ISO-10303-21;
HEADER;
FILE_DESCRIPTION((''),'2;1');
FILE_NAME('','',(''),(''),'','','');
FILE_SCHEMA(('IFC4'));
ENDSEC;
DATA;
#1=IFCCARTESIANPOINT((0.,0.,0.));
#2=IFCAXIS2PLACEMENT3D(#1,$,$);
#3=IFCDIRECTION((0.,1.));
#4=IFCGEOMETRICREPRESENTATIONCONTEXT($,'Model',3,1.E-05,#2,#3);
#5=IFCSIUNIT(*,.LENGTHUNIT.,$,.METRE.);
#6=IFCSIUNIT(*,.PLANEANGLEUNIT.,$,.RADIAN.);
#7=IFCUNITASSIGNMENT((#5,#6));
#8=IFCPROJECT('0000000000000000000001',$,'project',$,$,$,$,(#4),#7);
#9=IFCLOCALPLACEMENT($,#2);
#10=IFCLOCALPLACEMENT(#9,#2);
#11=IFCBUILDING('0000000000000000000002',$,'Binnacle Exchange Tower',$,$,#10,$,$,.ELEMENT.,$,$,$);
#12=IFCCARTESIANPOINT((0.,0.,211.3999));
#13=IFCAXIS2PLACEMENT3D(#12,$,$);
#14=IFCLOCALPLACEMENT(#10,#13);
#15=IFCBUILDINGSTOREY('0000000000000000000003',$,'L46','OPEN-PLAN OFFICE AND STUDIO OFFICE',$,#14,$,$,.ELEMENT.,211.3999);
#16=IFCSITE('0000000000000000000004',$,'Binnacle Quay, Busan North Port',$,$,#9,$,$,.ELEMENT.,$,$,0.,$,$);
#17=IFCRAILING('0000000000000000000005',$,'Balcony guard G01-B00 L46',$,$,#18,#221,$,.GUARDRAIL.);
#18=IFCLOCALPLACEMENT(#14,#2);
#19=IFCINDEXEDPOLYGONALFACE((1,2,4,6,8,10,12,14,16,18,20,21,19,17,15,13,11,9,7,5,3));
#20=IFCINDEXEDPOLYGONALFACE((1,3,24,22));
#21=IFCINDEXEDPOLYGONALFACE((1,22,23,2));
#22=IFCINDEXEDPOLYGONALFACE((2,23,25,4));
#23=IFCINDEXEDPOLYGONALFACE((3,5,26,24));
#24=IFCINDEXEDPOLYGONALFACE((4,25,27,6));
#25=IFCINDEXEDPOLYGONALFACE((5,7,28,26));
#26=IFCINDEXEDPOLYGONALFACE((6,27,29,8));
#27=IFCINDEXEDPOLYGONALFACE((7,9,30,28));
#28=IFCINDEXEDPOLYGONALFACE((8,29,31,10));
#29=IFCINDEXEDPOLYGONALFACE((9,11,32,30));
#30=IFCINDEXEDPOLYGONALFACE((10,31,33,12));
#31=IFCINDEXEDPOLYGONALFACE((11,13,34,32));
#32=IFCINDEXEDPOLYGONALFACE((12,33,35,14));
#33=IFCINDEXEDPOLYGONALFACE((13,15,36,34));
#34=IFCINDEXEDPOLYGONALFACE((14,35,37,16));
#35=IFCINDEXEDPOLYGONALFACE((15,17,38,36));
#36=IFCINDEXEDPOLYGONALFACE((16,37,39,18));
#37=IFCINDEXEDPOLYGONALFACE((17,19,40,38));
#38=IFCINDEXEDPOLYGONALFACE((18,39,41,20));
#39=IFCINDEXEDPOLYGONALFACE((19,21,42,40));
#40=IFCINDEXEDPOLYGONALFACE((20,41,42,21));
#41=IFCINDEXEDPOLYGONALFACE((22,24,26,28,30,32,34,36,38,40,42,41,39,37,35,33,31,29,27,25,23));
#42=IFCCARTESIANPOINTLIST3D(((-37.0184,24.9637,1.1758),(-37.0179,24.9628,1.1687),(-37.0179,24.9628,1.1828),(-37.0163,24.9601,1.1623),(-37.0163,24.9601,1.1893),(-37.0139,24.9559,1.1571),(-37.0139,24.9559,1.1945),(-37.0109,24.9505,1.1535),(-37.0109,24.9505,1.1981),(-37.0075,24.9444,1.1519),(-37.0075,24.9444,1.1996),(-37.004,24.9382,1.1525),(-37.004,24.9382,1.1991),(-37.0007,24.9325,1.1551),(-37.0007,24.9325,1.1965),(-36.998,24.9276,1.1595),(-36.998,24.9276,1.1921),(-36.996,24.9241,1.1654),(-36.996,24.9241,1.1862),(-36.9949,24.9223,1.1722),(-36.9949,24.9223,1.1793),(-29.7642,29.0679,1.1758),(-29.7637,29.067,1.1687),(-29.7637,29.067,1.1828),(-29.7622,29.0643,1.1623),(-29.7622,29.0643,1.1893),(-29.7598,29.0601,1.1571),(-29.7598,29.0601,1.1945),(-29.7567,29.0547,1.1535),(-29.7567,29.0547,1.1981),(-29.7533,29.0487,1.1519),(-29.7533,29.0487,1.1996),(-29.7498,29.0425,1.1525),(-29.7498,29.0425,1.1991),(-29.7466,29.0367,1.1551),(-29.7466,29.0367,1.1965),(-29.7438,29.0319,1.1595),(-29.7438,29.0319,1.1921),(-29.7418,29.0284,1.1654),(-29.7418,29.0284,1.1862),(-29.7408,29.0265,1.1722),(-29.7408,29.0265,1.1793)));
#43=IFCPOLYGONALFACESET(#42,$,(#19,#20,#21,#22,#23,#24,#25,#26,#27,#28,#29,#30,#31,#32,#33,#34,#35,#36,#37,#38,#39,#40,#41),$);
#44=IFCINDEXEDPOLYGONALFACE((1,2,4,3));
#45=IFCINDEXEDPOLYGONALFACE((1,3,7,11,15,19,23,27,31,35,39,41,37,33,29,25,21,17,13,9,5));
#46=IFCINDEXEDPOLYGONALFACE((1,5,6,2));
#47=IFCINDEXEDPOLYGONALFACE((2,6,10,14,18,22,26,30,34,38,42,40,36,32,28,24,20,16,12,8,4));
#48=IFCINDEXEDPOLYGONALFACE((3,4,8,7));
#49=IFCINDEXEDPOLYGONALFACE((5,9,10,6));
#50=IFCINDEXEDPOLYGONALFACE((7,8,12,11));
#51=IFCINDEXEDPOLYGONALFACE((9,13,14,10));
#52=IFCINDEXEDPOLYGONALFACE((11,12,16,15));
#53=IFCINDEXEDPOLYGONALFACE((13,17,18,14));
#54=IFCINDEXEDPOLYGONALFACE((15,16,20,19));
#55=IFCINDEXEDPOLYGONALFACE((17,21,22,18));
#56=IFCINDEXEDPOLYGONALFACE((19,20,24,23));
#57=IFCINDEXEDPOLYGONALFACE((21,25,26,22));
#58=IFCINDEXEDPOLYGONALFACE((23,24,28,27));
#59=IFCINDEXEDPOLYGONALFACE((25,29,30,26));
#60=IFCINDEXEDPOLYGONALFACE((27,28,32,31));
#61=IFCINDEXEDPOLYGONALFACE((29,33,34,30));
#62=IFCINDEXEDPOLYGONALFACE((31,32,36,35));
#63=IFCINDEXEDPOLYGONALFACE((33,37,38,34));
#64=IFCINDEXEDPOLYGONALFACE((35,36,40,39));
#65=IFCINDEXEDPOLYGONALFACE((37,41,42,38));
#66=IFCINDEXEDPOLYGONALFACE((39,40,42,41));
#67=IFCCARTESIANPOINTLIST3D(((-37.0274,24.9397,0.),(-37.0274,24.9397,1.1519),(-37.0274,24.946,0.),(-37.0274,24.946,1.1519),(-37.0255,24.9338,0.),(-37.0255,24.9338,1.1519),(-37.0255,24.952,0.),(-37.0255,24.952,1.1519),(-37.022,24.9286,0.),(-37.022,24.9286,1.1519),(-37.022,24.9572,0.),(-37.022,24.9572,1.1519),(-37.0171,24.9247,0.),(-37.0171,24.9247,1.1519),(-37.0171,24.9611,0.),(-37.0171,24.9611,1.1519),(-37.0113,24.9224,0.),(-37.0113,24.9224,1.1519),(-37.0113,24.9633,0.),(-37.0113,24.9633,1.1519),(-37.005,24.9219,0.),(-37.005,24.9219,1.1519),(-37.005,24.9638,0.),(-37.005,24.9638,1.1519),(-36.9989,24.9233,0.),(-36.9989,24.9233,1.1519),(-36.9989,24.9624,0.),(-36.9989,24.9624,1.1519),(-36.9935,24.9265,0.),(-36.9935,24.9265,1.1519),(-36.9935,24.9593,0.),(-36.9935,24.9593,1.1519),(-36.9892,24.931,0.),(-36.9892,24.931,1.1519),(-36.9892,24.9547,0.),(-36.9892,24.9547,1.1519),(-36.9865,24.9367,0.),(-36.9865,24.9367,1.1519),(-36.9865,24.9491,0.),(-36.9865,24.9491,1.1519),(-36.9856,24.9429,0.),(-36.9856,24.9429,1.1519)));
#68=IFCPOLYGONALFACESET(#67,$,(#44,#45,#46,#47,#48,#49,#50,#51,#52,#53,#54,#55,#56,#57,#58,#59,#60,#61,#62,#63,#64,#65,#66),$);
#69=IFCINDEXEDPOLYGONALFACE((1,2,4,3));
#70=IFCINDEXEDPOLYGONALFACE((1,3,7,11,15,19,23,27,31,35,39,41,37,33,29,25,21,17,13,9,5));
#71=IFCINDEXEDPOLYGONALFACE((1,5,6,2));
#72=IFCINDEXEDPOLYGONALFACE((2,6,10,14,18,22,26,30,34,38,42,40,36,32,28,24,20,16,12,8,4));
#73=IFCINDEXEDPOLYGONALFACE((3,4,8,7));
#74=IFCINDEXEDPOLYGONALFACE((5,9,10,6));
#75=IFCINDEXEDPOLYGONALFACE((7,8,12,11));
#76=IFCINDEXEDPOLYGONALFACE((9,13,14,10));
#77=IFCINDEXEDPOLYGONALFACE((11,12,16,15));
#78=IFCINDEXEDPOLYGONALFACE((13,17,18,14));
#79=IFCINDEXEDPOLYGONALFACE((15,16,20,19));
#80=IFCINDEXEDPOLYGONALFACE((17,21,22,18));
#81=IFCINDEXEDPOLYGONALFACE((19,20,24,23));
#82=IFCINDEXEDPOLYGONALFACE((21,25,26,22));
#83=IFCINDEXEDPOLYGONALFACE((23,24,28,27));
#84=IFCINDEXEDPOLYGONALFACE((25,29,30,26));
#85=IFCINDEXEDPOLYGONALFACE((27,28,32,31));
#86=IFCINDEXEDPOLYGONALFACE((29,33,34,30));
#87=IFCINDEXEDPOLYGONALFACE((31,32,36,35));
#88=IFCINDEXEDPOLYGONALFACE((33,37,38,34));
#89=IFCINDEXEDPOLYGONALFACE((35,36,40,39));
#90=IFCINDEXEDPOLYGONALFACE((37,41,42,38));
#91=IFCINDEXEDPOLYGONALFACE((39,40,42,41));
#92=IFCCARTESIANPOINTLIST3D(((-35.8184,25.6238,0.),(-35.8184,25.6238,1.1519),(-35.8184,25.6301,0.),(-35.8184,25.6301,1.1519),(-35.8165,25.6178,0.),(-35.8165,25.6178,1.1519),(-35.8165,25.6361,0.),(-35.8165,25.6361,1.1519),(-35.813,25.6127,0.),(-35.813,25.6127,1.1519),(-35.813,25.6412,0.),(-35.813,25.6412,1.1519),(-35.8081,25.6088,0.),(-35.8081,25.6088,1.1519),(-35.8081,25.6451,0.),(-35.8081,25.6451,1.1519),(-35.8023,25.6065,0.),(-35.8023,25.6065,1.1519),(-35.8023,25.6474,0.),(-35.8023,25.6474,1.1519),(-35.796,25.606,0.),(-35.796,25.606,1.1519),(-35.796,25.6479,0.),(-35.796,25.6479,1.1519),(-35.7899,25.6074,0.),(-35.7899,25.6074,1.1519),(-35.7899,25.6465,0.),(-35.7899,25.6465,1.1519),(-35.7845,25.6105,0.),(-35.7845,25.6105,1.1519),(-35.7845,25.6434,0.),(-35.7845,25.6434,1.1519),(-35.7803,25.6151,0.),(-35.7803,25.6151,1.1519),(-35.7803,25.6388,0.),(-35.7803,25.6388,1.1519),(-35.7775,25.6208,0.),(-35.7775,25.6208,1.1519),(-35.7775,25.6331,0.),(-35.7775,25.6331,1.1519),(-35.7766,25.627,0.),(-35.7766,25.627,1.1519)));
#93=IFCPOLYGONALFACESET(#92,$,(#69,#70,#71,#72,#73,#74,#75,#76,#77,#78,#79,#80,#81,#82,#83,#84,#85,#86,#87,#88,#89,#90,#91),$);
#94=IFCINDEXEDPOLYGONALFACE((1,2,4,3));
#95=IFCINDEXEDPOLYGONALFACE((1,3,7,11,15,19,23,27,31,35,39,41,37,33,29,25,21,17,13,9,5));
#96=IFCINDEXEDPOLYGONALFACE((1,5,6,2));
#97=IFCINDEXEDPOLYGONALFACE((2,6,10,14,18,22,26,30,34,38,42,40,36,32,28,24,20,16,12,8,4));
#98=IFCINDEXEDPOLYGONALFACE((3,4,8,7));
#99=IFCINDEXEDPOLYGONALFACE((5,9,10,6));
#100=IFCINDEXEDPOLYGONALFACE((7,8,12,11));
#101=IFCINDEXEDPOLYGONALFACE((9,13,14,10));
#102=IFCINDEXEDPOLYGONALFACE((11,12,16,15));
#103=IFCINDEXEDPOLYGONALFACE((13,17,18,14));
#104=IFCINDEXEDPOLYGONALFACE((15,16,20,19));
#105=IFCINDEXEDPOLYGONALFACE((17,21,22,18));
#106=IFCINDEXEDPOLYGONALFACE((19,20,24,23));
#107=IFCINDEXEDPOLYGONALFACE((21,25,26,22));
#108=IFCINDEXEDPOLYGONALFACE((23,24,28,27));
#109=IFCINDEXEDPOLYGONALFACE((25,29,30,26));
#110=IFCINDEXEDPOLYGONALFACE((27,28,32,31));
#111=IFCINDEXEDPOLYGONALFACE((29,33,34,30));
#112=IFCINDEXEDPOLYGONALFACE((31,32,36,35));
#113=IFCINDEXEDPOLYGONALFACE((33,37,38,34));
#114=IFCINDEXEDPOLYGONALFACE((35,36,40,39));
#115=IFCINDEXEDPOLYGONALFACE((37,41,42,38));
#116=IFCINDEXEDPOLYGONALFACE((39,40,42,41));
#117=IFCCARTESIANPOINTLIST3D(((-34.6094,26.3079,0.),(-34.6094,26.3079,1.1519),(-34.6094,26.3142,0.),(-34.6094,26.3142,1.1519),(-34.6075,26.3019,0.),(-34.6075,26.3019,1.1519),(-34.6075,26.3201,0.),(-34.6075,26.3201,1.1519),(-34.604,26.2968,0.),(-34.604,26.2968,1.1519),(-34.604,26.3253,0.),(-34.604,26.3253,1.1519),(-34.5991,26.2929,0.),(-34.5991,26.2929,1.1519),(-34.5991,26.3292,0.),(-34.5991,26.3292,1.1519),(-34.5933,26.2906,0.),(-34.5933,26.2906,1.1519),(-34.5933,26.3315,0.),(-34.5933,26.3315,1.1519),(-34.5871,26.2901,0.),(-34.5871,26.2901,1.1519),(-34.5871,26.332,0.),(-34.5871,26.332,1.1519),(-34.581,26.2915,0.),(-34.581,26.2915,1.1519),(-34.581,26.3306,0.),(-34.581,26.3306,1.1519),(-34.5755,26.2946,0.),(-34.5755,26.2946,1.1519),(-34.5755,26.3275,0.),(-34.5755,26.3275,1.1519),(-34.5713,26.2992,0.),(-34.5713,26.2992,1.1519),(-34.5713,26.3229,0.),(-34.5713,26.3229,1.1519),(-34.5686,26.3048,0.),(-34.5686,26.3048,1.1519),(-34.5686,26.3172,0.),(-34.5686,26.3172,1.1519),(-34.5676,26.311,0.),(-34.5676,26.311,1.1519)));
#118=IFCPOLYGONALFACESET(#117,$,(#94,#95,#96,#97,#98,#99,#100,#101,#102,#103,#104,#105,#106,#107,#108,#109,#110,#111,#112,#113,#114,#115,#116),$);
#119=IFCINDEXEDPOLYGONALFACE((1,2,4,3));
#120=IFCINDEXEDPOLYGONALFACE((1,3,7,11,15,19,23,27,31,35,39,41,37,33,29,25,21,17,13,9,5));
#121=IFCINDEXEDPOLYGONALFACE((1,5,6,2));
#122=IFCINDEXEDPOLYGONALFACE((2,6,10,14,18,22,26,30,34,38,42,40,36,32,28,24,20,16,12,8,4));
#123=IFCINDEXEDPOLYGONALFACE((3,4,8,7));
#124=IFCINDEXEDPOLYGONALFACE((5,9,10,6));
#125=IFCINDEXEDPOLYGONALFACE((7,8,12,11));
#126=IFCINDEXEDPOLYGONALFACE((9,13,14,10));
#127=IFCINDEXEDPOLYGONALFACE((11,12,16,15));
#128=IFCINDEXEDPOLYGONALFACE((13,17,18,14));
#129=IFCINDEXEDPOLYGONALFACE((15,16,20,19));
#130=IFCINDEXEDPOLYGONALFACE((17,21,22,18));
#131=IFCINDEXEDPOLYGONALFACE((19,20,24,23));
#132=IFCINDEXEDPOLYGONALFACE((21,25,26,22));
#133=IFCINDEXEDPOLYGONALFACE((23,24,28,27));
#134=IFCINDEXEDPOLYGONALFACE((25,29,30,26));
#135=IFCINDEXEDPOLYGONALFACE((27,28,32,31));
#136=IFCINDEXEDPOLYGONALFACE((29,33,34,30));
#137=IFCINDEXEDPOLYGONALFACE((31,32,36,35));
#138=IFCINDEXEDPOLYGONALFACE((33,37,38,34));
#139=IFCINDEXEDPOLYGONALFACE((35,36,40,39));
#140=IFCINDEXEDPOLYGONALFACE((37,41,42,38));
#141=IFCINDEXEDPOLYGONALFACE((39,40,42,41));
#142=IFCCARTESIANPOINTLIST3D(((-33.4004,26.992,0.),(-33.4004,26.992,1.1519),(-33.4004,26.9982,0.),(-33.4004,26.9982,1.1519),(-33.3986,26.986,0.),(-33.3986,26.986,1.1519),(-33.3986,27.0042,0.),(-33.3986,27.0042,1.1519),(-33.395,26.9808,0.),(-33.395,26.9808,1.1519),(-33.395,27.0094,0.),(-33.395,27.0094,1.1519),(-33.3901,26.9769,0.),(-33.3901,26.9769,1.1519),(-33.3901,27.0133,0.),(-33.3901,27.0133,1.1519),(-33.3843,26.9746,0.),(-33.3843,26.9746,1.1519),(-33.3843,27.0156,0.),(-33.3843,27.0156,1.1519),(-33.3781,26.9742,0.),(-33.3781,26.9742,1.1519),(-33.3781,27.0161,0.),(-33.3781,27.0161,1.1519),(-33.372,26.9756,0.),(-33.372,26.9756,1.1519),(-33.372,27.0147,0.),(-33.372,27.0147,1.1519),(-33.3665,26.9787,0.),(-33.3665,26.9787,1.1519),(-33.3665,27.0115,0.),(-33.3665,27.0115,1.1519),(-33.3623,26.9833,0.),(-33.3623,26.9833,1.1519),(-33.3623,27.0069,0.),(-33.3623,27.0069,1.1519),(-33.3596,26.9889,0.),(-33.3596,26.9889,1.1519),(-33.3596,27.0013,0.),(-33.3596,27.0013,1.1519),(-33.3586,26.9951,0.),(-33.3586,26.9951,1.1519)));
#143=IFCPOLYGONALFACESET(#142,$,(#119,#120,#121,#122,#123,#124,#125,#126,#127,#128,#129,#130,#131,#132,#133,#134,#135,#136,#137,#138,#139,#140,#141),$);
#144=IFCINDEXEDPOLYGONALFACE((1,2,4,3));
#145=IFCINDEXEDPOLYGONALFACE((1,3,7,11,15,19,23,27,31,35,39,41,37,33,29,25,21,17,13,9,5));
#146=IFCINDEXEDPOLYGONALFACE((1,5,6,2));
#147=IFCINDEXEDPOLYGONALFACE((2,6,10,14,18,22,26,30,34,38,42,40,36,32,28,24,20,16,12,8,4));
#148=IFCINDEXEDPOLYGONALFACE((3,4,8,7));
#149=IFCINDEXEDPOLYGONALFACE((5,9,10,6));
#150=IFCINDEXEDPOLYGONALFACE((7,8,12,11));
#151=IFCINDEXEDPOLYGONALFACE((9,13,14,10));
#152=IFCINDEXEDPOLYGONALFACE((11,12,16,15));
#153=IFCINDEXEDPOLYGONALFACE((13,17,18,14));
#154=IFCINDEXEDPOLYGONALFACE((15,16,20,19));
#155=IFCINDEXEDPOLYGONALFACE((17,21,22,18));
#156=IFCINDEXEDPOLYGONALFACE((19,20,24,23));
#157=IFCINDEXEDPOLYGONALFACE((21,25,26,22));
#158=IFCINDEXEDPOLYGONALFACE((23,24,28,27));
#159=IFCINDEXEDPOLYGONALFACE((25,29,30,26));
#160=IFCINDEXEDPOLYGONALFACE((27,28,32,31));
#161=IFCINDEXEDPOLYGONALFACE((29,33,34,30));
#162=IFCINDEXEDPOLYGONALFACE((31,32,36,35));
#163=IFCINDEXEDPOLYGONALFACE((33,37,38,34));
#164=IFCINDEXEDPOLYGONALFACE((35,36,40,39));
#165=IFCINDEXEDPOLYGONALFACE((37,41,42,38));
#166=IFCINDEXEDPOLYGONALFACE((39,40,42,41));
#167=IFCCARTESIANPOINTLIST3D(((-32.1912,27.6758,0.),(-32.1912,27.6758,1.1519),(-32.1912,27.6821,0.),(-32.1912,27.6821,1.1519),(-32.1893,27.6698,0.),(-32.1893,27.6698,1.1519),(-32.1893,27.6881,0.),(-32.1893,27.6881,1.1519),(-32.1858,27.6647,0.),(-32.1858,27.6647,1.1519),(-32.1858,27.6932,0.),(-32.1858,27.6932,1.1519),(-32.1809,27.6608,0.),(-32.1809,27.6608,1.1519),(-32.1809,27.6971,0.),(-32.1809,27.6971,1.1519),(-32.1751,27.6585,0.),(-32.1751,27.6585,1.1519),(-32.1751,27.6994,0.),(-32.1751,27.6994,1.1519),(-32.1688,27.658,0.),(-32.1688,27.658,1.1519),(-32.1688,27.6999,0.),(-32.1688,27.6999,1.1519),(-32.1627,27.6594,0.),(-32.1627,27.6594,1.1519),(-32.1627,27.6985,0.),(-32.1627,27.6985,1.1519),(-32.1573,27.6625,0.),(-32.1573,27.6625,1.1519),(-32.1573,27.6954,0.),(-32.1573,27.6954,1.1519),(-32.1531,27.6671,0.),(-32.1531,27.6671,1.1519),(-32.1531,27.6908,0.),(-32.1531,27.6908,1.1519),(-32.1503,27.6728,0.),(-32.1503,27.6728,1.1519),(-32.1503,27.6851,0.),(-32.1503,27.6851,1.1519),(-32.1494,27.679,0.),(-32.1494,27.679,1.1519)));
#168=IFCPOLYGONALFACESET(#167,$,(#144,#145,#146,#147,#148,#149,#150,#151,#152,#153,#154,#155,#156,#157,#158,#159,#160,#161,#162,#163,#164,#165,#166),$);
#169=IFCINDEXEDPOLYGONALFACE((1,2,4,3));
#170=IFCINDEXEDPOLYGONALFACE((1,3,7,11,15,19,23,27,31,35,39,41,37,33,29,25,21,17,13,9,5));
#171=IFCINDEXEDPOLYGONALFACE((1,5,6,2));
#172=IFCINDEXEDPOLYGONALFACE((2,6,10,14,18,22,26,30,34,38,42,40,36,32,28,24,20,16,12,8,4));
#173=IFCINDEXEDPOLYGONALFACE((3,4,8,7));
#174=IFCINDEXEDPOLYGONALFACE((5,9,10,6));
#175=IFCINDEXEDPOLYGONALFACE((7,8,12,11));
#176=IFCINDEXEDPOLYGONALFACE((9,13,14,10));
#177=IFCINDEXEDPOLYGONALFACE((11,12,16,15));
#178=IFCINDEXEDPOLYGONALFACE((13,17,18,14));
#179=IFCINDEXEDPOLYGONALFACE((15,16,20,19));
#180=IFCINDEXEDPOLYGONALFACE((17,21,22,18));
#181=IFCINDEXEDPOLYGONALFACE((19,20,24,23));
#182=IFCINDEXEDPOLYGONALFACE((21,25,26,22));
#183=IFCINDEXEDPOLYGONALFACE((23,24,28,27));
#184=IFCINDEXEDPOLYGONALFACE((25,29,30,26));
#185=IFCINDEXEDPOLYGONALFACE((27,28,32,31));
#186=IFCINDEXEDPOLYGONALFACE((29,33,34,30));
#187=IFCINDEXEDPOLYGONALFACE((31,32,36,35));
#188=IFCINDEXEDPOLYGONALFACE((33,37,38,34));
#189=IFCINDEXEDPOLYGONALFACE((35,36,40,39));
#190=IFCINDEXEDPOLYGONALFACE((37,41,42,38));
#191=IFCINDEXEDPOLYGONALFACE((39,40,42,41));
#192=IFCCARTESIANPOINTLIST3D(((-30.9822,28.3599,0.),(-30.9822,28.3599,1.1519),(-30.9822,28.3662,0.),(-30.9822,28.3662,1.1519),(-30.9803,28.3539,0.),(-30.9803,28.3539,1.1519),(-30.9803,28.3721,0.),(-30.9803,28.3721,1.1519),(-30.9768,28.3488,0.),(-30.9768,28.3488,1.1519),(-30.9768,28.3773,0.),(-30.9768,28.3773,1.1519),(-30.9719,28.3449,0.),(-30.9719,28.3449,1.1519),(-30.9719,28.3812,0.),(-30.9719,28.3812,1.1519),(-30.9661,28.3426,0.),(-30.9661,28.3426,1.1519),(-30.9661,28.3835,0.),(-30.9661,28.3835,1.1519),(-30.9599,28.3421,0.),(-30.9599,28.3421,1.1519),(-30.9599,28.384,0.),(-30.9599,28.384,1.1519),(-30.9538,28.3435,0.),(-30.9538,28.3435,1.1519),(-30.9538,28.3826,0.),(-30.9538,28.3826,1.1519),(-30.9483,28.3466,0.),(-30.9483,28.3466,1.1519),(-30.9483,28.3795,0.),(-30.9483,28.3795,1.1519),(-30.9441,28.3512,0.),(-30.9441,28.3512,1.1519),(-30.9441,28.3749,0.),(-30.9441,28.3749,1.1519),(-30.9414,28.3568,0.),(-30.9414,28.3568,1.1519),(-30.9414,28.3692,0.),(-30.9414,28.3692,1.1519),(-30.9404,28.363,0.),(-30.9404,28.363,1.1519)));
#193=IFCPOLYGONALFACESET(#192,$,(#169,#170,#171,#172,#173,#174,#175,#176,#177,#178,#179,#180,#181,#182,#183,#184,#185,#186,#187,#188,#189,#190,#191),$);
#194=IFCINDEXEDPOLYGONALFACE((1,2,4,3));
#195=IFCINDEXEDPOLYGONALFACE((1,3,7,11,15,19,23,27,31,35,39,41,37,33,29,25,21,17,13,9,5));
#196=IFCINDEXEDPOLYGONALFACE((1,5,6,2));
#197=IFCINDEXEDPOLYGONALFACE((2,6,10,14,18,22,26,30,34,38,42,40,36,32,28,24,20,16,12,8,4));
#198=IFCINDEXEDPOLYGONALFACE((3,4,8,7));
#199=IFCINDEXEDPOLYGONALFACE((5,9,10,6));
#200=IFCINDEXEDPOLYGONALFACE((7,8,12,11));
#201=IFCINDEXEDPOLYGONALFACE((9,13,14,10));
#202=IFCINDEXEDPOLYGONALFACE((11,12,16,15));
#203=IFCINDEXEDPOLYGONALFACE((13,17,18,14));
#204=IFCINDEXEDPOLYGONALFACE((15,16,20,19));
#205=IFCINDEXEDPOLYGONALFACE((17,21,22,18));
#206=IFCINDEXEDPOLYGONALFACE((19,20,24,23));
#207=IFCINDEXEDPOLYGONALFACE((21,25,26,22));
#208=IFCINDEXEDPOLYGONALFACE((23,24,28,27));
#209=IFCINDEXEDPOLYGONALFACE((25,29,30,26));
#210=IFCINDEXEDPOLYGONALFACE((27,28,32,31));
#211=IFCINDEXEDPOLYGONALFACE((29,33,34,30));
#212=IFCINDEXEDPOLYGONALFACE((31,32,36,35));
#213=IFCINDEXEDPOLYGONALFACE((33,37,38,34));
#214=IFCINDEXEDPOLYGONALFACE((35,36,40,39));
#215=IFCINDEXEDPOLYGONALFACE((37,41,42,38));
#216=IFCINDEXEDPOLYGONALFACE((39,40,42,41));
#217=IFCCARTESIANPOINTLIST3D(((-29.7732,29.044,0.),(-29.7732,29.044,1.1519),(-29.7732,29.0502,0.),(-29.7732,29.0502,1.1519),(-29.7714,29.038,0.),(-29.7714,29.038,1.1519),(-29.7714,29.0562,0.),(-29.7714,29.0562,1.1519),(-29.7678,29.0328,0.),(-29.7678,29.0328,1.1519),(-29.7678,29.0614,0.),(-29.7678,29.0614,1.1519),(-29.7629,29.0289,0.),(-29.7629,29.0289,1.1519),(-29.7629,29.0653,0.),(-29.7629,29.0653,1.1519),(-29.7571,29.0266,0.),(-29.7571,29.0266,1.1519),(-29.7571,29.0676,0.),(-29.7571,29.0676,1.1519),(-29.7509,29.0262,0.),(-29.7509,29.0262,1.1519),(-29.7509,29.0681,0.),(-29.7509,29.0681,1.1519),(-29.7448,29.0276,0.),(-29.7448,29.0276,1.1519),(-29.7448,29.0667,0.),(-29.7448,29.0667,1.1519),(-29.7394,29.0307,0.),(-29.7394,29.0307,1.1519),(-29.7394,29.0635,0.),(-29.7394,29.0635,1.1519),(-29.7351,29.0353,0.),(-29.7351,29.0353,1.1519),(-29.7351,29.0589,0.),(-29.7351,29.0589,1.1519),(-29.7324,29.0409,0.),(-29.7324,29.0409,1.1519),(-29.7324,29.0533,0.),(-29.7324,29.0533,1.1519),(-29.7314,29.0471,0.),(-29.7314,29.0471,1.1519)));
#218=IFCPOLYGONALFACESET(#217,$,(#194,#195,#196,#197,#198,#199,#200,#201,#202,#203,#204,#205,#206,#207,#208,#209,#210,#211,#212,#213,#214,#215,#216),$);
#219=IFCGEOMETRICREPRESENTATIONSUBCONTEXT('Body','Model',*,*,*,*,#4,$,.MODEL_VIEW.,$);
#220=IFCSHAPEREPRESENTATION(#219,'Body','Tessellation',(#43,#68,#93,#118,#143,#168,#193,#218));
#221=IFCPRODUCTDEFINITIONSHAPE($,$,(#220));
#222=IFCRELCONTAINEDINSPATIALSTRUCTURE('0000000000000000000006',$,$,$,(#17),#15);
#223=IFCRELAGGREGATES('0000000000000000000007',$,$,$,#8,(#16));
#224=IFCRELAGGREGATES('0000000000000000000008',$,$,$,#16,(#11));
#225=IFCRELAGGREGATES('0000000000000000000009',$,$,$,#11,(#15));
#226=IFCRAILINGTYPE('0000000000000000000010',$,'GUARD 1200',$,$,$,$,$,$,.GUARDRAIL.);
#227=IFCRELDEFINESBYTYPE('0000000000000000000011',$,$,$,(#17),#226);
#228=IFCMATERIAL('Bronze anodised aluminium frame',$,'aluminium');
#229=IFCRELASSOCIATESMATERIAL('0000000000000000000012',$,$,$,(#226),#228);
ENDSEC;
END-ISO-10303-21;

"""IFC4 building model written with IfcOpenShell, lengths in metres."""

from ifc_helpers import new_model, si_unit, direction, frame, origin, origin_2d, place, context, subcontext, project, spatial, circle, extrude, material, type_object, element, save


model = new_model("IFC4")

# Units and contexts
model_context = context("Model", 3, precision=1e-05, world=origin(), true_north=direction((0.0, 1.0)))
body_context = subcontext(model_context, "Body", "Model", "MODEL_VIEW")
ifc_project = project(units=[si_unit("LENGTHUNIT", "METRE"), si_unit("PLANEANGLEUNIT", "RADIAN")], contexts=[model_context])

# Site, building, storey
site_placement = place(None, origin())
site = spatial("IfcSite", under=ifc_project, at=site_placement, Name="Binnacle Quay, Busan North Port", CompositionType="ELEMENT", RefElevation=0.0)
building_placement = place(site_placement, origin())
building = spatial("IfcBuilding", under=site, at=building_placement, Name="Binnacle Exchange Tower", CompositionType="ELEMENT")
storey_placement = place(building_placement, frame((0.0, 0.0, 211.3999)))
storey = spatial("IfcBuildingStorey", under=building, at=storey_placement, Name="L46", Description="OPEN-PLAN OFFICE AND STUDIO OFFICE", CompositionType="ELEMENT", Elevation=211.3999)

# Railing
ifc_material_1 = material(Name="Bronze anodised aluminium frame", Category="aluminium")
railing_type_1 = type_object("IfcRailingType", Name="GUARD 1200", PredefinedType="GUARDRAIL", material=ifc_material_1)
railing_1_placement = place(storey_placement, frame((-37.0066, 24.9429, 0.0)))
element("IfcRailing", 1, at=railing_1_placement, inside=storey, type_object=railing_type_1, Name="Balcony guard G01-B00 L46", PredefinedType="GUARDRAIL", context=body_context, shape_type="SweptSolid", body=[
    extrude(circle(Radius=0.0239, at=origin_2d()), frame((0.0, 0.0, 1.1758), z_axis=(0.870353, 0.492428, 0.0), x_axis=(-0.492428, 0.870353, 0.0)), (0.0, 0.0, 1.0), 8.3347),
    extrude(circle(Radius=0.021, at=origin_2d()), origin(), (0.0, 0.0, 1.0), 1.1519),
    extrude(circle(Radius=0.021, at=origin_2d()), frame((1.209, 0.6841, 0.0)), (0.0, 0.0, 1.0), 1.1519),
    extrude(circle(Radius=0.021, at=origin_2d()), frame((2.418, 1.3682, 0.0)), (0.0, 0.0, 1.0), 1.1519),
    extrude(circle(Radius=0.021, at=origin_2d()), frame((3.627, 2.0522, 0.0)), (0.0, 0.0, 1.0), 1.1519),
    extrude(circle(Radius=0.021, at=origin_2d()), frame((4.8362, 2.7361, 0.0)), (0.0, 0.0, 1.0), 1.1519),
    extrude(circle(Radius=0.021, at=origin_2d()), frame((6.0452, 3.4202, 0.0)), (0.0, 0.0, 1.0), 1.1519),
    extrude(circle(Radius=0.021, at=origin_2d()), frame((7.2542, 4.1042, 0.0)), (0.0, 0.0, 1.0), 1.1519),
])

save(model, "model.ifc")
